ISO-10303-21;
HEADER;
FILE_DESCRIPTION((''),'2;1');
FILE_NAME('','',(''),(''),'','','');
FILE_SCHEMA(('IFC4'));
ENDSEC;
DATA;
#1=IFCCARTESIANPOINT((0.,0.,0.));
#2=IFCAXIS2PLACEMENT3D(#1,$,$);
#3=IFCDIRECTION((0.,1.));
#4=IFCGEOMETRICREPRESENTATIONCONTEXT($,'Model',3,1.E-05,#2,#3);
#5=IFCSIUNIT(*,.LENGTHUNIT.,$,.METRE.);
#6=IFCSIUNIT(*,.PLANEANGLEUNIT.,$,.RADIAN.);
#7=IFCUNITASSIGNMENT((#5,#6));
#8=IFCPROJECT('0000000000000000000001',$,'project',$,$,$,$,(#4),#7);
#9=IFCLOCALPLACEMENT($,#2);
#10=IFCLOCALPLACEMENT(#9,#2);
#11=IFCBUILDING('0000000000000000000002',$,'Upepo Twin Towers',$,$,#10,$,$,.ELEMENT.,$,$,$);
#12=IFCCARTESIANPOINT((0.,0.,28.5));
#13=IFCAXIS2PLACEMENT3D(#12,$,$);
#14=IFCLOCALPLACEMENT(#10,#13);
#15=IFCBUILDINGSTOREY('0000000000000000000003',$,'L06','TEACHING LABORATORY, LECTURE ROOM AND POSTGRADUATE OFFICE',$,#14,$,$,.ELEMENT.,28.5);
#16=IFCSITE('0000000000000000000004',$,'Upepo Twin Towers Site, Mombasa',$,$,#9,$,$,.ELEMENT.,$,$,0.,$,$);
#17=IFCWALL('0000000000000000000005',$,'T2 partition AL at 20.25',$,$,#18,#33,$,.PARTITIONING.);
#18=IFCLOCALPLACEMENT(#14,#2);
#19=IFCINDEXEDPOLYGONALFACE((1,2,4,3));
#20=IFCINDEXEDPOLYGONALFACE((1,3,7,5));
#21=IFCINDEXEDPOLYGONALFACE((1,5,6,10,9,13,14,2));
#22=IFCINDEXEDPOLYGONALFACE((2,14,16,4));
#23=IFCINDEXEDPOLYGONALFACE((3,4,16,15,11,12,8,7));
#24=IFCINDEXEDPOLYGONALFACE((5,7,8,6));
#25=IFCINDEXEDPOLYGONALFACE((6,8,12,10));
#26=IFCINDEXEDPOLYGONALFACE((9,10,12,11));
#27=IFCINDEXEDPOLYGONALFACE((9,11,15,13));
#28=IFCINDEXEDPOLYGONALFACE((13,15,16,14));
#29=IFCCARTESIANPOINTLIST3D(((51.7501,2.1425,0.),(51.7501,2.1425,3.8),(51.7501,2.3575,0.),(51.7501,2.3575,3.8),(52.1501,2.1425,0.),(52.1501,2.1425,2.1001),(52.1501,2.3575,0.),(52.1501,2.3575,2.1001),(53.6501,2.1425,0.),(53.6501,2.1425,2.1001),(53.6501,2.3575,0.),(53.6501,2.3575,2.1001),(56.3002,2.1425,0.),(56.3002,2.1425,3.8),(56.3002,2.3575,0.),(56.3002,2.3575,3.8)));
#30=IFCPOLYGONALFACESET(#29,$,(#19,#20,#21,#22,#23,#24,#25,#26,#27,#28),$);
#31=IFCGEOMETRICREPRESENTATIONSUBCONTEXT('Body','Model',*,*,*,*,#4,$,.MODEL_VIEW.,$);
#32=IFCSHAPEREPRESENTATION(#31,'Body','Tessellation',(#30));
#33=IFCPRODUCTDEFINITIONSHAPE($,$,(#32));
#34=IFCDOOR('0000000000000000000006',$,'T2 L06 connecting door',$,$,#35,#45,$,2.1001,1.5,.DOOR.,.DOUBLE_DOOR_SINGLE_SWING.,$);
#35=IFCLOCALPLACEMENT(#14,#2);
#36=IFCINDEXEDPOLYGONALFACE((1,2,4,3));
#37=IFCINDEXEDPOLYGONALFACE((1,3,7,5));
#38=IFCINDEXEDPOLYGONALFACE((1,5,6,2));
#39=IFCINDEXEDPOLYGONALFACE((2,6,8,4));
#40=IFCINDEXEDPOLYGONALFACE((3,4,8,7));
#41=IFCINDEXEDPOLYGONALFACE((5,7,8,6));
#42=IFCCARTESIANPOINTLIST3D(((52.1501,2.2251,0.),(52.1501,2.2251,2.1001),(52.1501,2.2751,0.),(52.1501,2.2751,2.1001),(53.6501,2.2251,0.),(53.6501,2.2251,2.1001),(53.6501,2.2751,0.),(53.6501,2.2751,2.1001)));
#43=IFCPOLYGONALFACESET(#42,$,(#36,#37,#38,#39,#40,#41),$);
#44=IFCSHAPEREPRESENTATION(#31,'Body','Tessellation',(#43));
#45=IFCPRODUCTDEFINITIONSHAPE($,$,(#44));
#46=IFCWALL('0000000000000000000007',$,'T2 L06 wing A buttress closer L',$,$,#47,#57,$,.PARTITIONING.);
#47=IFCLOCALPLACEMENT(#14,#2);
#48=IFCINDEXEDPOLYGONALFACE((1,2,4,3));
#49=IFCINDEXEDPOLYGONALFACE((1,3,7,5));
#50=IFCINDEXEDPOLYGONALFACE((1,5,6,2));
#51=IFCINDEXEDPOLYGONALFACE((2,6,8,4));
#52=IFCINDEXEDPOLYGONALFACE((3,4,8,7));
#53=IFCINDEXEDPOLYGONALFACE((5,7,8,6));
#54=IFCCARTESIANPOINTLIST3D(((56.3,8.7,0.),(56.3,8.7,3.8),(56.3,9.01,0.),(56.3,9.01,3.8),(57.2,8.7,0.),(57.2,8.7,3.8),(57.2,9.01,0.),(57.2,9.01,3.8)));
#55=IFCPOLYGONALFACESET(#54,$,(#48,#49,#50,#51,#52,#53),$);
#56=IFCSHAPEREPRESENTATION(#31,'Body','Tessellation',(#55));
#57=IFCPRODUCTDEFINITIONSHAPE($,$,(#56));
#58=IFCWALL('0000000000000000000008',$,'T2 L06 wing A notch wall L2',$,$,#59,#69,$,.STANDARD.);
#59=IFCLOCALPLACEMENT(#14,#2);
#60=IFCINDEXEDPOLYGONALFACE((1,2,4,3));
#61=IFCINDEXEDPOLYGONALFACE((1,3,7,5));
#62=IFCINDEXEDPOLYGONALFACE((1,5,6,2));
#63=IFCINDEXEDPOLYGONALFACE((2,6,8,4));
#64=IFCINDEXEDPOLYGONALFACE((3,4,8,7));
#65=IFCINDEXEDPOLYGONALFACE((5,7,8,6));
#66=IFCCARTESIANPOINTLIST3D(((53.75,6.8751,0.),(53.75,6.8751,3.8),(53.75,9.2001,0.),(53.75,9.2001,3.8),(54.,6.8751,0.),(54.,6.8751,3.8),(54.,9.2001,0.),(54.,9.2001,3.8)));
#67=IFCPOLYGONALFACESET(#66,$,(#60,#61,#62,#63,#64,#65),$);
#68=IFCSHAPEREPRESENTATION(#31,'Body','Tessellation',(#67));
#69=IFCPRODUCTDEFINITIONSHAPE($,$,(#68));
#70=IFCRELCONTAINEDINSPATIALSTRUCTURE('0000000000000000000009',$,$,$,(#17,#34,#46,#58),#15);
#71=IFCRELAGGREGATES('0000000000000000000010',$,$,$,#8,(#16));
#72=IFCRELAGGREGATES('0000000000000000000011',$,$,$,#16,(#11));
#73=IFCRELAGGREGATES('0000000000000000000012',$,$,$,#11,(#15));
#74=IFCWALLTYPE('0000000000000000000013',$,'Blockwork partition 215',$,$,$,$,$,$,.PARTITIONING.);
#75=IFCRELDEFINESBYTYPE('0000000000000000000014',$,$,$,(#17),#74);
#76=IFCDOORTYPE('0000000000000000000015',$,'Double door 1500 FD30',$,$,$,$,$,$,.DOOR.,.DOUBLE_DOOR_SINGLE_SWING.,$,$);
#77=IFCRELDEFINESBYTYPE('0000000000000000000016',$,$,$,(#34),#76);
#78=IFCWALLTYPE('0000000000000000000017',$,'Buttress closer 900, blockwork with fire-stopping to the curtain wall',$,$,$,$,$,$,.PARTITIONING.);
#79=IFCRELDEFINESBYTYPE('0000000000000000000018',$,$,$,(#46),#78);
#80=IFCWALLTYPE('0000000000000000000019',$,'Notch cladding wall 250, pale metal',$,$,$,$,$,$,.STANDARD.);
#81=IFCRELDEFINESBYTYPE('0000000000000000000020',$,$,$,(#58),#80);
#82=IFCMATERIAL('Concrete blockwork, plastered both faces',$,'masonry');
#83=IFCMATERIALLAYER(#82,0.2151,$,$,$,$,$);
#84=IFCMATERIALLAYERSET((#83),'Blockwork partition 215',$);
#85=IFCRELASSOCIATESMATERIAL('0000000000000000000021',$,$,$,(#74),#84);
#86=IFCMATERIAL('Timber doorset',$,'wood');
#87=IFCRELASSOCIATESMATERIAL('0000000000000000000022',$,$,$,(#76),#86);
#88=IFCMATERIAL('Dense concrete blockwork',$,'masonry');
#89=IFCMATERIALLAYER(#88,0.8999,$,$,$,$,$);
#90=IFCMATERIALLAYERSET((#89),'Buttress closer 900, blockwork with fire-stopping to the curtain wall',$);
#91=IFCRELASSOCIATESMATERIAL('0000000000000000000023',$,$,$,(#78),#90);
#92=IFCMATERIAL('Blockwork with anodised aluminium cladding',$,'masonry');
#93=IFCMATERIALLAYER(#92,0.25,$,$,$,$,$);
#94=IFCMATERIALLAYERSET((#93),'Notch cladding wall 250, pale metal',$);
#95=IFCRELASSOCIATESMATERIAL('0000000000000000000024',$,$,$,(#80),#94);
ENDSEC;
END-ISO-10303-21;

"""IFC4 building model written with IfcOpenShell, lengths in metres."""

from ifc_helpers import new_model, si_unit, direction, frame, frame_2d, origin, place, context, subcontext, project, spatial, rectangle, extrude, material, layer, layer_set, type_object, element, fill, save


model = new_model("IFC4")

# Units and contexts
model_context = context("Model", 3, precision=1e-05, world=origin(), true_north=direction((0.0, 1.0)))
body_context = subcontext(model_context, "Body", "Model", "MODEL_VIEW")
ifc_project = project(units=[si_unit("LENGTHUNIT", "METRE"), si_unit("PLANEANGLEUNIT", "RADIAN")], contexts=[model_context])

# Site, building, storey
site_placement = place(None, origin())
site = spatial("IfcSite", under=ifc_project, at=site_placement, Name="Upepo Twin Towers Site, Mombasa", CompositionType="ELEMENT", RefElevation=0.0)
building_placement = place(site_placement, origin())
building = spatial("IfcBuilding", under=site, at=building_placement, Name="Upepo Twin Towers", CompositionType="ELEMENT")
storey_placement = place(building_placement, frame((0.0, 0.0, 28.5)))
storey = spatial("IfcBuildingStorey", under=building, at=storey_placement, Name="L06", Description="TEACHING LABORATORY, LECTURE ROOM AND POSTGRADUATE OFFICE", CompositionType="ELEMENT", Elevation=28.5)

# Shared definitions
ifc_material_1 = material(Name="Concrete blockwork, plastered both faces", Category="masonry")
ifc_layer_1 = layer(ifc_material_1, 0.2151)
ifc_layer_set_1 = layer_set([ifc_layer_1], Name="Blockwork partition 215")
wall_type_1 = type_object("IfcWallType", Name="Blockwork partition 215", PredefinedType="PARTITIONING", material=ifc_layer_set_1)

# Wall, opening, door
wall_1_placement = place(storey_placement, frame((56.3, 2.25, 0.0), z_axis=(0.0, 0.0, 1.0), x_axis=(-1.0, 0.0, 0.0)))
wall_1 = element("IfcWall", 1, at=wall_1_placement, inside=storey, type_object=wall_type_1, Name="T2 partition AL at 20.25", PredefinedType="PARTITIONING", context=body_context, shape_type="SweptSolid", body=[
    extrude(rectangle(XDim=4.55, YDim=0.2151, at=frame_2d((2.2749, 0.0))), origin(), (0.0, 0.0, 1.0), 3.8),
])
opening_placement = place(wall_1_placement, frame((2.6499, 0.0, 0.0)))
opening = element("IfcOpeningElement", 2, at=opening_placement, cuts=wall_1, PredefinedType="OPENING", context=body_context, shape_type="SweptSolid", body=[
    extrude(rectangle(XDim=1.5, YDim=2.1001, at=frame_2d((0.75, 1.05))), frame((0.0, 0.1174, 0.0), z_axis=(0.0, -1.0, 0.0), x_axis=(1.0, 0.0, 0.0)), (0.0, 0.0, 1.0), 0.2351),
])
ifc_material_2 = material(Name="Timber doorset", Category="wood")
door_type = type_object("IfcDoorType", Name="Double door 1500 FD30", OperationType="DOUBLE_DOOR_SINGLE_SWING", PredefinedType="DOOR", material=ifc_material_2)
door_placement = place(opening_placement, origin())
door = element("IfcDoor", 3, at=door_placement, inside=storey, type_object=door_type, Name="T2 L06 connecting door", OperationType="DOUBLE_DOOR_SINGLE_SWING", OverallHeight=2.1001, OverallWidth=1.5, PredefinedType="DOOR", context=body_context, shape_type="SweptSolid", body=[
    extrude(rectangle(XDim=1.5, YDim=2.1001, at=frame_2d((0.75, 1.05))), frame((0.0, 0.0249, 0.0), z_axis=(0.0, -1.0, 0.0), x_axis=(1.0, 0.0, 0.0)), (0.0, 0.0, 1.0), 0.05),
])
fill(opening, door)

# Walls
ifc_material_3 = material(Name="Dense concrete blockwork", Category="masonry")
ifc_layer_2 = layer(ifc_material_3, 0.8999)
ifc_layer_set_2 = layer_set([ifc_layer_2], Name="Buttress closer 900, blockwork with fire-stopping to the curtain wall")
wall_type_2 = type_object("IfcWallType", Name="Buttress closer 900, blockwork with fire-stopping to the curtain wall", PredefinedType="PARTITIONING", material=ifc_layer_set_2)
wall_2_placement = place(storey_placement, frame((56.75, 8.7, 0.0), z_axis=(0.0, 0.0, 1.0), x_axis=(0.0, 1.0, 0.0)))
element("IfcWall", 4, at=wall_2_placement, inside=storey, type_object=wall_type_2, Name="T2 L06 wing A buttress closer L", PredefinedType="PARTITIONING", context=body_context, shape_type="SweptSolid", body=[
    extrude(rectangle(XDim=0.3101, YDim=0.8999, at=frame_2d((0.155, 0.0))), origin(), (0.0, 0.0, 1.0), 3.8),
])
ifc_material_4 = material(Name="Blockwork with anodised aluminium cladding", Category="masonry")
ifc_layer_3 = layer(ifc_material_4, 0.25)
ifc_layer_set_3 = layer_set([ifc_layer_3], Name="Notch cladding wall 250, pale metal")
wall_type_3 = type_object("IfcWallType", Name="Notch cladding wall 250, pale metal", PredefinedType="STANDARD", material=ifc_layer_set_3)
wall_3_placement = place(storey_placement, frame((53.875, 6.875, 0.0), z_axis=(0.0, 0.0, 1.0), x_axis=(0.0, 1.0, 0.0)))
element("IfcWall", 5, at=wall_3_placement, inside=storey, type_object=wall_type_3, Name="T2 L06 wing A notch wall L2", PredefinedType="STANDARD", context=body_context, shape_type="SweptSolid", body=[
    extrude(rectangle(XDim=2.325, YDim=0.25, at=frame_2d((1.1626, 0.0))), origin(), (0.0, 0.0, 1.0), 3.8),
])

save(model, "model.ifc")
